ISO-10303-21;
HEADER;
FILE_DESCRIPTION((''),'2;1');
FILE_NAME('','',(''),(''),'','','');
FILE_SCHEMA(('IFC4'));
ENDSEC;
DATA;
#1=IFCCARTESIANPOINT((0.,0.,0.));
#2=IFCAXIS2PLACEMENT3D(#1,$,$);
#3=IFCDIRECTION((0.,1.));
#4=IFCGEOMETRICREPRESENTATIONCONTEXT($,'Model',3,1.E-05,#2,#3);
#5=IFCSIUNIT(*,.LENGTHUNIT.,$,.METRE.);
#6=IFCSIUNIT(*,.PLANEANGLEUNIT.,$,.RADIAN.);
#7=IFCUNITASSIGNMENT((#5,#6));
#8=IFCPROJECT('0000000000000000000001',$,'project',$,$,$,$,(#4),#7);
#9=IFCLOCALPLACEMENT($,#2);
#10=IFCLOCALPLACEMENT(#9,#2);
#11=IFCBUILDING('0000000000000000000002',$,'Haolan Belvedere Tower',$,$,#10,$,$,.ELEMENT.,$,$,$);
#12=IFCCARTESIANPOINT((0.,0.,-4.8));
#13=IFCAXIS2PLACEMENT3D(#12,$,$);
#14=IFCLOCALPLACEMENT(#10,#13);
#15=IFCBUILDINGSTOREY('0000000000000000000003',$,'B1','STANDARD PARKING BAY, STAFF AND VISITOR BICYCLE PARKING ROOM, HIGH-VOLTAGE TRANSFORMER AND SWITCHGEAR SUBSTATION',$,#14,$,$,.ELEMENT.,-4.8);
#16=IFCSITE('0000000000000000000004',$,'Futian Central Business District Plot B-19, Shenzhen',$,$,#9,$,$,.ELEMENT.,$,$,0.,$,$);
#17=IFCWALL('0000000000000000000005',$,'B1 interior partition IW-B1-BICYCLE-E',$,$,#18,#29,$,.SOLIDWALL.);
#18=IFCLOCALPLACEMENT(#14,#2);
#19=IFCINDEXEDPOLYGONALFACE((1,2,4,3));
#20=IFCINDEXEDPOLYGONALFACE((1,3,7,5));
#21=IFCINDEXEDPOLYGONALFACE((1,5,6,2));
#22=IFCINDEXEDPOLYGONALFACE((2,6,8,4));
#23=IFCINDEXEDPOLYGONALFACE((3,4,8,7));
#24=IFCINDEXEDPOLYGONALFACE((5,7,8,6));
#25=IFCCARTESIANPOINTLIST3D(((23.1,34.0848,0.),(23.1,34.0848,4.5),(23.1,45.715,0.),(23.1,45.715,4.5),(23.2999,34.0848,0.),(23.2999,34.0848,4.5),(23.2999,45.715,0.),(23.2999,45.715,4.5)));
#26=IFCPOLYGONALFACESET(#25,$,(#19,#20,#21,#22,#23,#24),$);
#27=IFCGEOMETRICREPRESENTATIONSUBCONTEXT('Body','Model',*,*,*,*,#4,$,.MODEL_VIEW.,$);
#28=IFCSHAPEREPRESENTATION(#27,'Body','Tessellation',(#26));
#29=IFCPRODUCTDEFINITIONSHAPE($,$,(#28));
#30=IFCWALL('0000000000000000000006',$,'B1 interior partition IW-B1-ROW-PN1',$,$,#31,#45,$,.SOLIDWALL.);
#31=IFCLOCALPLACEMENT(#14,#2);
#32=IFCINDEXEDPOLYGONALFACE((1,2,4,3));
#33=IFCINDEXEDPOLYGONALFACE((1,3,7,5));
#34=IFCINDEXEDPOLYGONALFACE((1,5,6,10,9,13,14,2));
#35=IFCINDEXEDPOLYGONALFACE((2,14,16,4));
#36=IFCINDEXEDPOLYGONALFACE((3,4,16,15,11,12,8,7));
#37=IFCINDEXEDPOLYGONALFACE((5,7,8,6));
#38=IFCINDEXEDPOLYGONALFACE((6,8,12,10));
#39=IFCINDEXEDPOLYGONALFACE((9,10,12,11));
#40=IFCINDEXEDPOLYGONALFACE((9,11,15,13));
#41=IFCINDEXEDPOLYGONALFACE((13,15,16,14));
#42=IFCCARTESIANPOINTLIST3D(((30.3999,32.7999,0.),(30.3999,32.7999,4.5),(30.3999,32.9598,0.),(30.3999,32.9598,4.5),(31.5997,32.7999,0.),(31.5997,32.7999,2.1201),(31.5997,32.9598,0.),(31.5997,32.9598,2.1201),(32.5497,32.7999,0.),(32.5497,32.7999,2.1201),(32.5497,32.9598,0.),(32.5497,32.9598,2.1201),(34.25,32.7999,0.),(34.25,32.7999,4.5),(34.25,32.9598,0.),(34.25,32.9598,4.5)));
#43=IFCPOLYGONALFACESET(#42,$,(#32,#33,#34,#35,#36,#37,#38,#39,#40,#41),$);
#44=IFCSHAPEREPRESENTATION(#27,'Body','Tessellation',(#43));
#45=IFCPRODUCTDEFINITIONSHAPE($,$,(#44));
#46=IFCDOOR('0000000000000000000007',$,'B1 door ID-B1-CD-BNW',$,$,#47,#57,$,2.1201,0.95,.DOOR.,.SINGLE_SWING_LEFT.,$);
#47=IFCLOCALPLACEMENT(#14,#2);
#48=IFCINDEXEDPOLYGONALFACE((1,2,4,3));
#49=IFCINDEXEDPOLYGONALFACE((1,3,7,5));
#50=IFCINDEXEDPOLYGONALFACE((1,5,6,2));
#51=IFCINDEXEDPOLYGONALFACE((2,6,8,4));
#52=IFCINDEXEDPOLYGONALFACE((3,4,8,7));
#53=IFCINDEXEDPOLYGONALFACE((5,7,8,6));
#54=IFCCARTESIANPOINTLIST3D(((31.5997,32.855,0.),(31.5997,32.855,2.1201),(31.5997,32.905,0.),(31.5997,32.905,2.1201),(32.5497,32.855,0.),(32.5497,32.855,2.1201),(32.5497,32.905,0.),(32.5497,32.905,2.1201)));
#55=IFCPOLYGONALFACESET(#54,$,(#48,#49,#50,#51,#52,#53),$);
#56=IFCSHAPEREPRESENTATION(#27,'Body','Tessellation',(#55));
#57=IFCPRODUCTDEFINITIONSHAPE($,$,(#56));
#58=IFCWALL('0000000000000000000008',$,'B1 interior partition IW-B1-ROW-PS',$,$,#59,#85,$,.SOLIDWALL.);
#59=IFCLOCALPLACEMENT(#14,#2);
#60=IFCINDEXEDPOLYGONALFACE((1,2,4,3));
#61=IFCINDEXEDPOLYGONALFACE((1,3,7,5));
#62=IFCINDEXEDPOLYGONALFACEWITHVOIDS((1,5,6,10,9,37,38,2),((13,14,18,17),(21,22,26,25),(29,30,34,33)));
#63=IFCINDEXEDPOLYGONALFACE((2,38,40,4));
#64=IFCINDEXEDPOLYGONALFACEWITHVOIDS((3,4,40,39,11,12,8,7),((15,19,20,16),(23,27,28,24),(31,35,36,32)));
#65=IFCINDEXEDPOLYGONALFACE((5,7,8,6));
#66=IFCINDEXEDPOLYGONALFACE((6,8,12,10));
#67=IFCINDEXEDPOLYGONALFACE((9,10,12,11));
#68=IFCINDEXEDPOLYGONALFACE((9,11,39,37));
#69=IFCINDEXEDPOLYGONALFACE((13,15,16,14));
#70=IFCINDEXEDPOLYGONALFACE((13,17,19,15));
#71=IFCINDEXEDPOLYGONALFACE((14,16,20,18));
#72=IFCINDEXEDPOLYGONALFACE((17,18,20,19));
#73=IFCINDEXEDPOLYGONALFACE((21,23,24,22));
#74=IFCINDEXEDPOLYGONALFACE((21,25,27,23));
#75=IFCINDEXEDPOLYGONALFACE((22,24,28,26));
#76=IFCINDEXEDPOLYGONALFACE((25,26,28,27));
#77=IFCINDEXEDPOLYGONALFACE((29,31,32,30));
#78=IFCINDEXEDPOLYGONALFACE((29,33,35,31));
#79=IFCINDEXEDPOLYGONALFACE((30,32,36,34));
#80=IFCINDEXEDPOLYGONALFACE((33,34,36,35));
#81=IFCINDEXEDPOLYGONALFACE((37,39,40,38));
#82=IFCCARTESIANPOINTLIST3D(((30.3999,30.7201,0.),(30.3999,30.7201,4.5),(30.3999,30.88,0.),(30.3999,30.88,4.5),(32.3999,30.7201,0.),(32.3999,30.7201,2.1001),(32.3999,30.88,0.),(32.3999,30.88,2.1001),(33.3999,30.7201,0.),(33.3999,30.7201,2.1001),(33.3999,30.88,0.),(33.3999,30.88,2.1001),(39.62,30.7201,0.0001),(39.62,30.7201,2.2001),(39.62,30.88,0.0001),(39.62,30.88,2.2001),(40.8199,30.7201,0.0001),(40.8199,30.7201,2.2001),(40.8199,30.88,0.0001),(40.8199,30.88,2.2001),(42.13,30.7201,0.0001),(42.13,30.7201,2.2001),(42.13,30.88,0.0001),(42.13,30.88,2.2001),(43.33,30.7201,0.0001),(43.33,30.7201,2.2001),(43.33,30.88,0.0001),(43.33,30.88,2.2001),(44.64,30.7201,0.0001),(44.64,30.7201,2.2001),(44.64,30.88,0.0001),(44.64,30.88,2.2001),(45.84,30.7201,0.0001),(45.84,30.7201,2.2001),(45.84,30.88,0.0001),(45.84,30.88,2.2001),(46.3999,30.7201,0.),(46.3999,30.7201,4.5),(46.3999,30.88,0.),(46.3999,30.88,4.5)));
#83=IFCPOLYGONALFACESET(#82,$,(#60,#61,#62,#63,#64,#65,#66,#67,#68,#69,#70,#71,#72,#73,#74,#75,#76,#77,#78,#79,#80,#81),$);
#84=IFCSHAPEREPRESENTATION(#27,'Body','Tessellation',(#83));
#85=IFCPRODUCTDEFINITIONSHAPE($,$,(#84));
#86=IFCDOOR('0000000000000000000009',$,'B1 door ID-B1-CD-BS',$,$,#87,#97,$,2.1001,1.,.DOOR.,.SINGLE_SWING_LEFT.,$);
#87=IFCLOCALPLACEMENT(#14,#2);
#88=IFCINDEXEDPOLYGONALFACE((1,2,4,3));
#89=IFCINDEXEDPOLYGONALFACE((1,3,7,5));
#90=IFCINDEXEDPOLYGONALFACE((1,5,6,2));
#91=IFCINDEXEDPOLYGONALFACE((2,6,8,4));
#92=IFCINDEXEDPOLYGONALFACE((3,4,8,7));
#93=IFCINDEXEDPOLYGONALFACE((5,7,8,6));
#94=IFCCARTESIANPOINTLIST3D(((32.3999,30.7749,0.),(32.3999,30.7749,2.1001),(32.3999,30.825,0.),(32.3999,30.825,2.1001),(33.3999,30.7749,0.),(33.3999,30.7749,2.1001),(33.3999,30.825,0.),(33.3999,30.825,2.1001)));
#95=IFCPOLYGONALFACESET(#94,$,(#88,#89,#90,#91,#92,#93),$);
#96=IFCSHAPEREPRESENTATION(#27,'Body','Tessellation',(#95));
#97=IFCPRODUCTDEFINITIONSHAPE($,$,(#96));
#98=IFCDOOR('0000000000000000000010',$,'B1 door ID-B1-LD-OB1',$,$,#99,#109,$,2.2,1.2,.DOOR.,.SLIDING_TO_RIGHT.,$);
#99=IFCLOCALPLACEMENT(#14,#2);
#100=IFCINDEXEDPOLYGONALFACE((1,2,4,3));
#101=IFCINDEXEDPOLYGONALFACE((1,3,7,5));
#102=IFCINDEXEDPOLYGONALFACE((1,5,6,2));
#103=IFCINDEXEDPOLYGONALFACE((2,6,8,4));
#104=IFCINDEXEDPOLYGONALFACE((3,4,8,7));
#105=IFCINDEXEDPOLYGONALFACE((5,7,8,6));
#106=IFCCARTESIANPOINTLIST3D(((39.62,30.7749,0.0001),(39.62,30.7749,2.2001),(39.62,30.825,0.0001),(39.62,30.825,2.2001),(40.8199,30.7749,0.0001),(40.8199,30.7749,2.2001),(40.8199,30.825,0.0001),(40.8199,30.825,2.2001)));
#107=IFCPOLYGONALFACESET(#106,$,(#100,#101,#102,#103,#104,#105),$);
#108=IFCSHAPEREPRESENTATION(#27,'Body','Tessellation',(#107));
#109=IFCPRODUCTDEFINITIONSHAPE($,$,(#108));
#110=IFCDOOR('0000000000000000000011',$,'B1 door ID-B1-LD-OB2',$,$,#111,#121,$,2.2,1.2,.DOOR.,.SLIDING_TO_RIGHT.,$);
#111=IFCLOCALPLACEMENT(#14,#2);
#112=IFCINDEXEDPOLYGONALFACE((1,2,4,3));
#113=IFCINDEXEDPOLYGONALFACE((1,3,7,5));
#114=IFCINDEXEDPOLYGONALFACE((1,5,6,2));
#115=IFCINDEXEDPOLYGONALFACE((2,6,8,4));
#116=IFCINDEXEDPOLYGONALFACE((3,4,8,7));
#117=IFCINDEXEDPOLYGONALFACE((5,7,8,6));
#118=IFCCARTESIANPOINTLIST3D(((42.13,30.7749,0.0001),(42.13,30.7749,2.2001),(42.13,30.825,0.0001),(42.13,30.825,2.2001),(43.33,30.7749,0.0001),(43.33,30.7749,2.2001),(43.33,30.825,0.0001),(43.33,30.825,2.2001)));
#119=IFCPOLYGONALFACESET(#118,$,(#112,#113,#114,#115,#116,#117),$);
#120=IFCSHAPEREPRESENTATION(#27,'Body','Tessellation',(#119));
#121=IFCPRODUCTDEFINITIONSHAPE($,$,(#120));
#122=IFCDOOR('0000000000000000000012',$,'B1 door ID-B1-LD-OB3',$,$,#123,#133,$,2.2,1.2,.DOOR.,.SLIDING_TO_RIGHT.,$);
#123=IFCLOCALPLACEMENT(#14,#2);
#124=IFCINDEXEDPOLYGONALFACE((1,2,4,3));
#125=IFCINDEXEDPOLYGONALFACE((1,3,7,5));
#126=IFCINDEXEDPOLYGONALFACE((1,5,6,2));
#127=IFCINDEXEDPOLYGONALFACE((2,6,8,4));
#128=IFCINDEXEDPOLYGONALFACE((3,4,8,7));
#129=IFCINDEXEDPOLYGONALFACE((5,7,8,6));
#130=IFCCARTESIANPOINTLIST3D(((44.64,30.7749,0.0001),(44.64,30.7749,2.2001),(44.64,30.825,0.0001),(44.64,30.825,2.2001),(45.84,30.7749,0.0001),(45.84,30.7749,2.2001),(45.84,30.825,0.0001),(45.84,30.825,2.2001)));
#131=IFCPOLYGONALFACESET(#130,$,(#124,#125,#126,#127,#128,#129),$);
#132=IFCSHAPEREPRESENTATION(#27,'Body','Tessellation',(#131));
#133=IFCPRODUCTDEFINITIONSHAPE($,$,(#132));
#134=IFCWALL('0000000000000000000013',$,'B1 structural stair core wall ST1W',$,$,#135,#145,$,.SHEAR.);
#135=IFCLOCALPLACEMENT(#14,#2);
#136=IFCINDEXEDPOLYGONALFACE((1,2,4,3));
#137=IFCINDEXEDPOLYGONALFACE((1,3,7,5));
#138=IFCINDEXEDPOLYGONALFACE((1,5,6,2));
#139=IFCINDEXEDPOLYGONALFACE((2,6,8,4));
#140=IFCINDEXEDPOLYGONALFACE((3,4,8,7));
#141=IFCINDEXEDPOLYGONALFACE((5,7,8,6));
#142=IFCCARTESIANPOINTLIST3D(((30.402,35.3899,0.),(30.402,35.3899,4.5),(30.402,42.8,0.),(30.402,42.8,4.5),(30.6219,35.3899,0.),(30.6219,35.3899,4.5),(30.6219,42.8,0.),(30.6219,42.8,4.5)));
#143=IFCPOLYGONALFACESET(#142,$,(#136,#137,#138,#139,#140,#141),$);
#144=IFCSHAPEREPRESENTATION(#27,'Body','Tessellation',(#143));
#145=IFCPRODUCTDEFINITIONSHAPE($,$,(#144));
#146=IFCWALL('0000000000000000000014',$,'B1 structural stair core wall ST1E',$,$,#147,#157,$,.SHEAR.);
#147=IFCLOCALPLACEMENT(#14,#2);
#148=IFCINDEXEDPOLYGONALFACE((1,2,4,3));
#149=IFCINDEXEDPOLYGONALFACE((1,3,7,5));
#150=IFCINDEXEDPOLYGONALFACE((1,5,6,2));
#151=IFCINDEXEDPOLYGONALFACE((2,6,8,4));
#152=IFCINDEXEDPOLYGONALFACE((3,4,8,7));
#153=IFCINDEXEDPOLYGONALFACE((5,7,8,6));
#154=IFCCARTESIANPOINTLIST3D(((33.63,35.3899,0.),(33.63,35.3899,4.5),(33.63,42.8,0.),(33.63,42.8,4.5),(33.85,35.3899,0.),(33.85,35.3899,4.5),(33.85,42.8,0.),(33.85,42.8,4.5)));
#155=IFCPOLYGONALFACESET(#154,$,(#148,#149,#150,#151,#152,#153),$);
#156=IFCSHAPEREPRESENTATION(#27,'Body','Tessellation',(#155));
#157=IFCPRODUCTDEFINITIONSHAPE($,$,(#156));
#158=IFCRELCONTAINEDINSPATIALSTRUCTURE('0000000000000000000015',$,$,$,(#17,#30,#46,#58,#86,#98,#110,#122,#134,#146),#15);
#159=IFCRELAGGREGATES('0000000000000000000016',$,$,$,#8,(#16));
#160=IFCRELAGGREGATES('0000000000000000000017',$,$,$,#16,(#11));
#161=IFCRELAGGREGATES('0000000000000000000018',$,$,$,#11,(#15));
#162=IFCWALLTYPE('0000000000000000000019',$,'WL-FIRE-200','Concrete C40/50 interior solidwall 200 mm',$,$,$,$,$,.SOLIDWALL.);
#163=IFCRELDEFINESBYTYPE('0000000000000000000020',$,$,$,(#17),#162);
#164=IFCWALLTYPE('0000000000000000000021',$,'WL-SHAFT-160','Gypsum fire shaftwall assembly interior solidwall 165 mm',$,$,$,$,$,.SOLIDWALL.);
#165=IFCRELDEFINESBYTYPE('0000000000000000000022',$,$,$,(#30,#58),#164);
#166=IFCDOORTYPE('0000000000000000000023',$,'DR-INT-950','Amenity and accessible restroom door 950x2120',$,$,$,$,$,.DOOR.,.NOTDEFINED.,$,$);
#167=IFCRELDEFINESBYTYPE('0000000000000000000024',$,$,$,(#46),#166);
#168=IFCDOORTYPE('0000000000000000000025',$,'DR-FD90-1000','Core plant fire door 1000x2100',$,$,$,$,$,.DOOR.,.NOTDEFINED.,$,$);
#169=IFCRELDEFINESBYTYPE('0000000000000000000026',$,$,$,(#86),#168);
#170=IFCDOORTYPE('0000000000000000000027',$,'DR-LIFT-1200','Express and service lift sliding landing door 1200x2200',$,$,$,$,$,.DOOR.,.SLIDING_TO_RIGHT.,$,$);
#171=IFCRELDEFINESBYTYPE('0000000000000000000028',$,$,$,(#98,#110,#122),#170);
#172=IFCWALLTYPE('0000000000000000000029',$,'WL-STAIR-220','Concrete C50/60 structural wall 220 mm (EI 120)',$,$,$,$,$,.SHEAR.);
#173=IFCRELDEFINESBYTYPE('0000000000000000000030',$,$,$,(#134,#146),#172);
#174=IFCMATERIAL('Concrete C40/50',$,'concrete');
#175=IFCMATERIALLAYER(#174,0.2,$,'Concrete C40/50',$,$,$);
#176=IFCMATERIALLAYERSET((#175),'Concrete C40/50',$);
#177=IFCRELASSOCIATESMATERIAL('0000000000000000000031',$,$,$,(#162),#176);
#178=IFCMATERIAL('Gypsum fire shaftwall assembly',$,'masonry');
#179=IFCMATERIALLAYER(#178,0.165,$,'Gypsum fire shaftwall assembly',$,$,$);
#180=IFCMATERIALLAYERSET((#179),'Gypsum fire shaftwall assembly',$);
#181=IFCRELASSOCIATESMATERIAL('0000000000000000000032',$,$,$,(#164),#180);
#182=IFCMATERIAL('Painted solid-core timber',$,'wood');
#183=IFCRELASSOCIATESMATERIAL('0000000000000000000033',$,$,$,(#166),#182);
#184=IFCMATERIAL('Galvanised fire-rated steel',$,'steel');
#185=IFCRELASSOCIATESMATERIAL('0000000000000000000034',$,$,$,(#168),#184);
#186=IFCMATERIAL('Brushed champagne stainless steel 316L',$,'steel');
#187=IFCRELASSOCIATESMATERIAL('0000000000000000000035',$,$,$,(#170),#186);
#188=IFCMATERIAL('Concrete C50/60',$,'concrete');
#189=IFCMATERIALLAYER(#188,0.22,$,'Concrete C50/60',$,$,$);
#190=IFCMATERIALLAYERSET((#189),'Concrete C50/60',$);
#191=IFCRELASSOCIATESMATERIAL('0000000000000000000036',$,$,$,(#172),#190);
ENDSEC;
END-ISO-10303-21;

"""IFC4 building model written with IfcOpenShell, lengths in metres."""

from ifc_helpers import new_model, si_unit, direction, frame, frame_2d, origin, place, context, subcontext, project, spatial, rectangle, extrude, material, layer, layer_set, type_object, element, fill, save


model = new_model("IFC4")

# Units and contexts
model_context = context("Model", 3, precision=1e-05, world=origin(), true_north=direction((0.0, 1.0)))
body_context = subcontext(model_context, "Body", "Model", "MODEL_VIEW")
ifc_project = project(units=[si_unit("LENGTHUNIT", "METRE"), si_unit("PLANEANGLEUNIT", "RADIAN")], contexts=[model_context])

# Site, building, storey
site_placement = place(None, origin())
site = spatial("IfcSite", under=ifc_project, at=site_placement, Name="Futian Central Business District Plot B-19, Shenzhen", CompositionType="ELEMENT", RefElevation=0.0)
building_placement = place(site_placement, origin())
building = spatial("IfcBuilding", under=site, at=building_placement, Name="Haolan Belvedere Tower", CompositionType="ELEMENT")
storey_placement = place(building_placement, frame((0.0, 0.0, -4.8)))
storey = spatial("IfcBuildingStorey", under=building, at=storey_placement, Name="B1", Description="STANDARD PARKING BAY, STAFF AND VISITOR BICYCLE PARKING ROOM, HIGH-VOLTAGE TRANSFORMER AND SWITCHGEAR SUBSTATION", CompositionType="ELEMENT", Elevation=-4.8)

# Shared definitions
ifc_material_1 = material(Name="Galvanised fire-rated steel", Category="steel")

# Wall
ifc_material_2 = material(Name="Concrete C40/50", Category="concrete")
ifc_layer_1 = layer(ifc_material_2, 0.2, Name="Concrete C40/50")
ifc_layer_set_1 = layer_set([ifc_layer_1], Name="Concrete C40/50")
wall_type_1 = type_object("IfcWallType", Name="WL-FIRE-200", Description="Concrete C40/50 interior solidwall 200 mm", PredefinedType="SOLIDWALL", material=ifc_layer_set_1)
wall_1_placement = place(storey_placement, frame((23.2, 34.085, 0.0), z_axis=(0.0, 0.0, 1.0), x_axis=(0.0, 1.0, 0.0)))
element("IfcWall", 1, at=wall_1_placement, inside=storey, type_object=wall_type_1, Name="B1 interior partition IW-B1-BICYCLE-E", PredefinedType="SOLIDWALL", context=body_context, shape_type="SweptSolid", body=[
    extrude(rectangle(XDim=11.6301, YDim=0.2, at=frame_2d((5.8149, 0.0))), origin(), (0.0, 0.0, 1.0), 4.5),
])

# Wall, opening, door
ifc_material_3 = material(Name="Gypsum fire shaftwall assembly", Category="masonry")
ifc_layer_2 = layer(ifc_material_3, 0.165, Name="Gypsum fire shaftwall assembly")
ifc_layer_set_2 = layer_set([ifc_layer_2], Name="Gypsum fire shaftwall assembly")
wall_type_2 = type_object("IfcWallType", Name="WL-SHAFT-160", Description="Gypsum fire shaftwall assembly interior solidwall 165 mm", PredefinedType="SOLIDWALL", material=ifc_layer_set_2)
wall_2_placement = place(storey_placement, frame((30.3999, 32.8799, 0.0), z_axis=(0.0, 0.0, 1.0), x_axis=(1.0, 0.0, 0.0)))
wall_2 = element("IfcWall", 2, at=wall_2_placement, inside=storey, type_object=wall_type_2, Name="B1 interior partition IW-B1-ROW-PN1", PredefinedType="SOLIDWALL", context=body_context, shape_type="SweptSolid", body=[
    extrude(rectangle(XDim=3.8501, YDim=0.1599, at=frame_2d((1.925, 0.0))), origin(), (0.0, 0.0, 1.0), 4.5),
])
opening_1_placement = place(wall_2_placement, frame((2.1499, 0.0, 0.0), z_axis=(0.0, 0.0, 1.0), x_axis=(-1.0, 0.0, 0.0)))
opening_1 = element("IfcOpeningElement", 3, at=opening_1_placement, cuts=wall_2, PredefinedType="OPENING", context=body_context, shape_type="SweptSolid", body=[
    extrude(rectangle(XDim=0.95, YDim=2.1201, at=frame_2d((0.4751, 1.0601))), frame((0.0, 0.0898, 0.0), z_axis=(0.0, -1.0, 0.0), x_axis=(1.0, 0.0, 0.0)), (0.0, 0.0, 1.0), 0.1799),
])
ifc_material_4 = material(Name="Painted solid-core timber", Category="wood")
door_type_1 = type_object("IfcDoorType", Name="DR-INT-950", Description="Amenity and accessible restroom door 950x2120", OperationType="NOTDEFINED", PredefinedType="DOOR", material=ifc_material_4)
door_1_placement = place(opening_1_placement, origin())
door_1 = element("IfcDoor", 4, at=door_1_placement, inside=storey, type_object=door_type_1, Name="B1 door ID-B1-CD-BNW", OperationType="SINGLE_SWING_LEFT", OverallHeight=2.1201, OverallWidth=0.95, PredefinedType="DOOR", context=body_context, shape_type="SweptSolid", body=[
    extrude(rectangle(XDim=0.95, YDim=2.1201, at=frame_2d((0.4751, 1.0601))), frame((0.0, 0.0249, 0.0), z_axis=(0.0, -1.0, 0.0), x_axis=(1.0, 0.0, 0.0)), (0.0, 0.0, 1.0), 0.05),
])
fill(opening_1, door_1)

# Wall, openings, doors
wall_3_placement = place(storey_placement, frame((30.3999, 30.8, 0.0), z_axis=(0.0, 0.0, 1.0), x_axis=(1.0, 0.0, 0.0)))
wall_3 = element("IfcWall", 5, at=wall_3_placement, inside=storey, type_object=wall_type_2, Name="B1 interior partition IW-B1-ROW-PS", PredefinedType="SOLIDWALL", context=body_context, shape_type="SweptSolid", body=[
    extrude(rectangle(XDim=16.0, YDim=0.1599, at=frame_2d((8.0, 0.0))), origin(), (0.0, 0.0, 1.0), 4.5),
])
opening_2_placement = place(wall_3_placement, frame((2.0, 0.0, 0.0)))
opening_2 = element("IfcOpeningElement", 6, at=opening_2_placement, cuts=wall_3, PredefinedType="OPENING", context=body_context, shape_type="SweptSolid", body=[
    extrude(rectangle(XDim=1.0, YDim=2.1001, at=frame_2d((0.5, 1.05))), frame((0.0, 0.0898, 0.0), z_axis=(0.0, -1.0, 0.0), x_axis=(1.0, 0.0, 0.0)), (0.0, 0.0, 1.0), 0.1799),
])
opening_3_placement = place(wall_3_placement, frame((9.22, 0.0, 0.0)))
opening_3 = element("IfcOpeningElement", 7, at=opening_3_placement, cuts=wall_3, PredefinedType="OPENING", context=body_context, shape_type="SweptSolid", body=[
    extrude(rectangle(XDim=1.2, YDim=2.2, at=frame_2d((0.6001, 1.1001))), frame((0.0, 0.0898, 0.0), z_axis=(0.0, -1.0, 0.0), x_axis=(1.0, 0.0, 0.0)), (0.0, 0.0, 1.0), 0.1799),
])
opening_4_placement = place(wall_3_placement, frame((11.73, 0.0, 0.0)))
opening_4 = element("IfcOpeningElement", 8, at=opening_4_placement, cuts=wall_3, PredefinedType="OPENING", context=body_context, shape_type="SweptSolid", body=[
    extrude(rectangle(XDim=1.2, YDim=2.2, at=frame_2d((0.6001, 1.1001))), frame((0.0, 0.0898, 0.0), z_axis=(0.0, -1.0, 0.0), x_axis=(1.0, 0.0, 0.0)), (0.0, 0.0, 1.0), 0.1799),
])
opening_5_placement = place(wall_3_placement, frame((14.24, 0.0, 0.0)))
opening_5 = element("IfcOpeningElement", 9, at=opening_5_placement, cuts=wall_3, PredefinedType="OPENING", context=body_context, shape_type="SweptSolid", body=[
    extrude(rectangle(XDim=1.2, YDim=2.2, at=frame_2d((0.6001, 1.1001))), frame((0.0, 0.0898, 0.0), z_axis=(0.0, -1.0, 0.0), x_axis=(1.0, 0.0, 0.0)), (0.0, 0.0, 1.0), 0.1799),
])
door_type_2 = type_object("IfcDoorType", Name="DR-FD90-1000", Description="Core plant fire door 1000x2100", OperationType="NOTDEFINED", PredefinedType="DOOR", material=ifc_material_1)
door_2_placement = place(opening_2_placement, origin())
door_2 = element("IfcDoor", 10, at=door_2_placement, inside=storey, type_object=door_type_2, Name="B1 door ID-B1-CD-BS", OperationType="SINGLE_SWING_LEFT", OverallHeight=2.1001, OverallWidth=1.0, PredefinedType="DOOR", context=body_context, shape_type="SweptSolid", body=[
    extrude(rectangle(XDim=1.0, YDim=2.1001, at=frame_2d((0.5, 1.05))), frame((0.0, 0.0249, 0.0), z_axis=(0.0, -1.0, 0.0), x_axis=(1.0, 0.0, 0.0)), (0.0, 0.0, 1.0), 0.05),
])
fill(opening_2, door_2)
ifc_material_5 = material(Name="Brushed champagne stainless steel 316L", Category="steel")
door_type_3 = type_object("IfcDoorType", Name="DR-LIFT-1200", Description="Express and service lift sliding landing door 1200x2200", OperationType="SLIDING_TO_RIGHT", PredefinedType="DOOR", material=ifc_material_5)
door_3_placement = place(opening_3_placement, origin())
door_3 = element("IfcDoor", 11, at=door_3_placement, inside=storey, type_object=door_type_3, Name="B1 door ID-B1-LD-OB1", OperationType="SLIDING_TO_RIGHT", OverallHeight=2.2, OverallWidth=1.2, PredefinedType="DOOR", context=body_context, shape_type="SweptSolid", body=[
    extrude(rectangle(XDim=1.2, YDim=2.2, at=frame_2d((0.6001, 1.1001))), frame((0.0, 0.0249, 0.0), z_axis=(0.0, -1.0, 0.0), x_axis=(1.0, 0.0, 0.0)), (0.0, 0.0, 1.0), 0.05),
])
fill(opening_3, door_3)
door_4_placement = place(opening_4_placement, origin())
door_4 = element("IfcDoor", 12, at=door_4_placement, inside=storey, type_object=door_type_3, Name="B1 door ID-B1-LD-OB2", OperationType="SLIDING_TO_RIGHT", OverallHeight=2.2, OverallWidth=1.2, PredefinedType="DOOR", context=body_context, shape_type="SweptSolid", body=[
    extrude(rectangle(XDim=1.2, YDim=2.2, at=frame_2d((0.6001, 1.1001))), frame((0.0, 0.0249, 0.0), z_axis=(0.0, -1.0, 0.0), x_axis=(1.0, 0.0, 0.0)), (0.0, 0.0, 1.0), 0.05),
])
fill(opening_4, door_4)
door_5_placement = place(opening_5_placement, origin())
door_5 = element("IfcDoor", 13, at=door_5_placement, inside=storey, type_object=door_type_3, Name="B1 door ID-B1-LD-OB3", OperationType="SLIDING_TO_RIGHT", OverallHeight=2.2, OverallWidth=1.2, PredefinedType="DOOR", context=body_context, shape_type="SweptSolid", body=[
    extrude(rectangle(XDim=1.2, YDim=2.2, at=frame_2d((0.6001, 1.1001))), frame((0.0, 0.0249, 0.0), z_axis=(0.0, -1.0, 0.0), x_axis=(1.0, 0.0, 0.0)), (0.0, 0.0, 1.0), 0.05),
])
fill(opening_5, door_5)

# Walls
ifc_material_6 = material(Name="Concrete C50/60", Category="concrete")
ifc_layer_3 = layer(ifc_material_6, 0.22, Name="Concrete C50/60")
ifc_layer_set_3 = layer_set([ifc_layer_3], Name="Concrete C50/60")
wall_type_3 = type_object("IfcWallType", Name="WL-STAIR-220", Description="Concrete C50/60 structural wall 220 mm (EI 120)", PredefinedType="SHEAR", material=ifc_layer_set_3)
for number, where, z_axis, x_axis, name in (
    (14, (30.512, 35.3899, 0.0), (0.0, 0.0, 1.0), (0.0, 1.0, 0.0), "B1 structural stair core wall ST1W"),
    (15, (33.74, 35.3899, 0.0), (0.0, 0.0, 1.0), (0.0, 1.0, 0.0), "B1 structural stair core wall ST1E"),
):
    element("IfcWall", number, at=place(storey_placement, frame(where, z_axis=z_axis, x_axis=x_axis)), inside=storey, type_object=wall_type_3, Name=name, PredefinedType="SHEAR", context=body_context, shape_type="SweptSolid", body=[
        extrude(rectangle(XDim=7.4102, YDim=0.22, at=frame_2d((3.7051, 0.0))), origin(), (0.0, 0.0, 1.0), 4.5),
    ])

save(model, "model.ifc")
